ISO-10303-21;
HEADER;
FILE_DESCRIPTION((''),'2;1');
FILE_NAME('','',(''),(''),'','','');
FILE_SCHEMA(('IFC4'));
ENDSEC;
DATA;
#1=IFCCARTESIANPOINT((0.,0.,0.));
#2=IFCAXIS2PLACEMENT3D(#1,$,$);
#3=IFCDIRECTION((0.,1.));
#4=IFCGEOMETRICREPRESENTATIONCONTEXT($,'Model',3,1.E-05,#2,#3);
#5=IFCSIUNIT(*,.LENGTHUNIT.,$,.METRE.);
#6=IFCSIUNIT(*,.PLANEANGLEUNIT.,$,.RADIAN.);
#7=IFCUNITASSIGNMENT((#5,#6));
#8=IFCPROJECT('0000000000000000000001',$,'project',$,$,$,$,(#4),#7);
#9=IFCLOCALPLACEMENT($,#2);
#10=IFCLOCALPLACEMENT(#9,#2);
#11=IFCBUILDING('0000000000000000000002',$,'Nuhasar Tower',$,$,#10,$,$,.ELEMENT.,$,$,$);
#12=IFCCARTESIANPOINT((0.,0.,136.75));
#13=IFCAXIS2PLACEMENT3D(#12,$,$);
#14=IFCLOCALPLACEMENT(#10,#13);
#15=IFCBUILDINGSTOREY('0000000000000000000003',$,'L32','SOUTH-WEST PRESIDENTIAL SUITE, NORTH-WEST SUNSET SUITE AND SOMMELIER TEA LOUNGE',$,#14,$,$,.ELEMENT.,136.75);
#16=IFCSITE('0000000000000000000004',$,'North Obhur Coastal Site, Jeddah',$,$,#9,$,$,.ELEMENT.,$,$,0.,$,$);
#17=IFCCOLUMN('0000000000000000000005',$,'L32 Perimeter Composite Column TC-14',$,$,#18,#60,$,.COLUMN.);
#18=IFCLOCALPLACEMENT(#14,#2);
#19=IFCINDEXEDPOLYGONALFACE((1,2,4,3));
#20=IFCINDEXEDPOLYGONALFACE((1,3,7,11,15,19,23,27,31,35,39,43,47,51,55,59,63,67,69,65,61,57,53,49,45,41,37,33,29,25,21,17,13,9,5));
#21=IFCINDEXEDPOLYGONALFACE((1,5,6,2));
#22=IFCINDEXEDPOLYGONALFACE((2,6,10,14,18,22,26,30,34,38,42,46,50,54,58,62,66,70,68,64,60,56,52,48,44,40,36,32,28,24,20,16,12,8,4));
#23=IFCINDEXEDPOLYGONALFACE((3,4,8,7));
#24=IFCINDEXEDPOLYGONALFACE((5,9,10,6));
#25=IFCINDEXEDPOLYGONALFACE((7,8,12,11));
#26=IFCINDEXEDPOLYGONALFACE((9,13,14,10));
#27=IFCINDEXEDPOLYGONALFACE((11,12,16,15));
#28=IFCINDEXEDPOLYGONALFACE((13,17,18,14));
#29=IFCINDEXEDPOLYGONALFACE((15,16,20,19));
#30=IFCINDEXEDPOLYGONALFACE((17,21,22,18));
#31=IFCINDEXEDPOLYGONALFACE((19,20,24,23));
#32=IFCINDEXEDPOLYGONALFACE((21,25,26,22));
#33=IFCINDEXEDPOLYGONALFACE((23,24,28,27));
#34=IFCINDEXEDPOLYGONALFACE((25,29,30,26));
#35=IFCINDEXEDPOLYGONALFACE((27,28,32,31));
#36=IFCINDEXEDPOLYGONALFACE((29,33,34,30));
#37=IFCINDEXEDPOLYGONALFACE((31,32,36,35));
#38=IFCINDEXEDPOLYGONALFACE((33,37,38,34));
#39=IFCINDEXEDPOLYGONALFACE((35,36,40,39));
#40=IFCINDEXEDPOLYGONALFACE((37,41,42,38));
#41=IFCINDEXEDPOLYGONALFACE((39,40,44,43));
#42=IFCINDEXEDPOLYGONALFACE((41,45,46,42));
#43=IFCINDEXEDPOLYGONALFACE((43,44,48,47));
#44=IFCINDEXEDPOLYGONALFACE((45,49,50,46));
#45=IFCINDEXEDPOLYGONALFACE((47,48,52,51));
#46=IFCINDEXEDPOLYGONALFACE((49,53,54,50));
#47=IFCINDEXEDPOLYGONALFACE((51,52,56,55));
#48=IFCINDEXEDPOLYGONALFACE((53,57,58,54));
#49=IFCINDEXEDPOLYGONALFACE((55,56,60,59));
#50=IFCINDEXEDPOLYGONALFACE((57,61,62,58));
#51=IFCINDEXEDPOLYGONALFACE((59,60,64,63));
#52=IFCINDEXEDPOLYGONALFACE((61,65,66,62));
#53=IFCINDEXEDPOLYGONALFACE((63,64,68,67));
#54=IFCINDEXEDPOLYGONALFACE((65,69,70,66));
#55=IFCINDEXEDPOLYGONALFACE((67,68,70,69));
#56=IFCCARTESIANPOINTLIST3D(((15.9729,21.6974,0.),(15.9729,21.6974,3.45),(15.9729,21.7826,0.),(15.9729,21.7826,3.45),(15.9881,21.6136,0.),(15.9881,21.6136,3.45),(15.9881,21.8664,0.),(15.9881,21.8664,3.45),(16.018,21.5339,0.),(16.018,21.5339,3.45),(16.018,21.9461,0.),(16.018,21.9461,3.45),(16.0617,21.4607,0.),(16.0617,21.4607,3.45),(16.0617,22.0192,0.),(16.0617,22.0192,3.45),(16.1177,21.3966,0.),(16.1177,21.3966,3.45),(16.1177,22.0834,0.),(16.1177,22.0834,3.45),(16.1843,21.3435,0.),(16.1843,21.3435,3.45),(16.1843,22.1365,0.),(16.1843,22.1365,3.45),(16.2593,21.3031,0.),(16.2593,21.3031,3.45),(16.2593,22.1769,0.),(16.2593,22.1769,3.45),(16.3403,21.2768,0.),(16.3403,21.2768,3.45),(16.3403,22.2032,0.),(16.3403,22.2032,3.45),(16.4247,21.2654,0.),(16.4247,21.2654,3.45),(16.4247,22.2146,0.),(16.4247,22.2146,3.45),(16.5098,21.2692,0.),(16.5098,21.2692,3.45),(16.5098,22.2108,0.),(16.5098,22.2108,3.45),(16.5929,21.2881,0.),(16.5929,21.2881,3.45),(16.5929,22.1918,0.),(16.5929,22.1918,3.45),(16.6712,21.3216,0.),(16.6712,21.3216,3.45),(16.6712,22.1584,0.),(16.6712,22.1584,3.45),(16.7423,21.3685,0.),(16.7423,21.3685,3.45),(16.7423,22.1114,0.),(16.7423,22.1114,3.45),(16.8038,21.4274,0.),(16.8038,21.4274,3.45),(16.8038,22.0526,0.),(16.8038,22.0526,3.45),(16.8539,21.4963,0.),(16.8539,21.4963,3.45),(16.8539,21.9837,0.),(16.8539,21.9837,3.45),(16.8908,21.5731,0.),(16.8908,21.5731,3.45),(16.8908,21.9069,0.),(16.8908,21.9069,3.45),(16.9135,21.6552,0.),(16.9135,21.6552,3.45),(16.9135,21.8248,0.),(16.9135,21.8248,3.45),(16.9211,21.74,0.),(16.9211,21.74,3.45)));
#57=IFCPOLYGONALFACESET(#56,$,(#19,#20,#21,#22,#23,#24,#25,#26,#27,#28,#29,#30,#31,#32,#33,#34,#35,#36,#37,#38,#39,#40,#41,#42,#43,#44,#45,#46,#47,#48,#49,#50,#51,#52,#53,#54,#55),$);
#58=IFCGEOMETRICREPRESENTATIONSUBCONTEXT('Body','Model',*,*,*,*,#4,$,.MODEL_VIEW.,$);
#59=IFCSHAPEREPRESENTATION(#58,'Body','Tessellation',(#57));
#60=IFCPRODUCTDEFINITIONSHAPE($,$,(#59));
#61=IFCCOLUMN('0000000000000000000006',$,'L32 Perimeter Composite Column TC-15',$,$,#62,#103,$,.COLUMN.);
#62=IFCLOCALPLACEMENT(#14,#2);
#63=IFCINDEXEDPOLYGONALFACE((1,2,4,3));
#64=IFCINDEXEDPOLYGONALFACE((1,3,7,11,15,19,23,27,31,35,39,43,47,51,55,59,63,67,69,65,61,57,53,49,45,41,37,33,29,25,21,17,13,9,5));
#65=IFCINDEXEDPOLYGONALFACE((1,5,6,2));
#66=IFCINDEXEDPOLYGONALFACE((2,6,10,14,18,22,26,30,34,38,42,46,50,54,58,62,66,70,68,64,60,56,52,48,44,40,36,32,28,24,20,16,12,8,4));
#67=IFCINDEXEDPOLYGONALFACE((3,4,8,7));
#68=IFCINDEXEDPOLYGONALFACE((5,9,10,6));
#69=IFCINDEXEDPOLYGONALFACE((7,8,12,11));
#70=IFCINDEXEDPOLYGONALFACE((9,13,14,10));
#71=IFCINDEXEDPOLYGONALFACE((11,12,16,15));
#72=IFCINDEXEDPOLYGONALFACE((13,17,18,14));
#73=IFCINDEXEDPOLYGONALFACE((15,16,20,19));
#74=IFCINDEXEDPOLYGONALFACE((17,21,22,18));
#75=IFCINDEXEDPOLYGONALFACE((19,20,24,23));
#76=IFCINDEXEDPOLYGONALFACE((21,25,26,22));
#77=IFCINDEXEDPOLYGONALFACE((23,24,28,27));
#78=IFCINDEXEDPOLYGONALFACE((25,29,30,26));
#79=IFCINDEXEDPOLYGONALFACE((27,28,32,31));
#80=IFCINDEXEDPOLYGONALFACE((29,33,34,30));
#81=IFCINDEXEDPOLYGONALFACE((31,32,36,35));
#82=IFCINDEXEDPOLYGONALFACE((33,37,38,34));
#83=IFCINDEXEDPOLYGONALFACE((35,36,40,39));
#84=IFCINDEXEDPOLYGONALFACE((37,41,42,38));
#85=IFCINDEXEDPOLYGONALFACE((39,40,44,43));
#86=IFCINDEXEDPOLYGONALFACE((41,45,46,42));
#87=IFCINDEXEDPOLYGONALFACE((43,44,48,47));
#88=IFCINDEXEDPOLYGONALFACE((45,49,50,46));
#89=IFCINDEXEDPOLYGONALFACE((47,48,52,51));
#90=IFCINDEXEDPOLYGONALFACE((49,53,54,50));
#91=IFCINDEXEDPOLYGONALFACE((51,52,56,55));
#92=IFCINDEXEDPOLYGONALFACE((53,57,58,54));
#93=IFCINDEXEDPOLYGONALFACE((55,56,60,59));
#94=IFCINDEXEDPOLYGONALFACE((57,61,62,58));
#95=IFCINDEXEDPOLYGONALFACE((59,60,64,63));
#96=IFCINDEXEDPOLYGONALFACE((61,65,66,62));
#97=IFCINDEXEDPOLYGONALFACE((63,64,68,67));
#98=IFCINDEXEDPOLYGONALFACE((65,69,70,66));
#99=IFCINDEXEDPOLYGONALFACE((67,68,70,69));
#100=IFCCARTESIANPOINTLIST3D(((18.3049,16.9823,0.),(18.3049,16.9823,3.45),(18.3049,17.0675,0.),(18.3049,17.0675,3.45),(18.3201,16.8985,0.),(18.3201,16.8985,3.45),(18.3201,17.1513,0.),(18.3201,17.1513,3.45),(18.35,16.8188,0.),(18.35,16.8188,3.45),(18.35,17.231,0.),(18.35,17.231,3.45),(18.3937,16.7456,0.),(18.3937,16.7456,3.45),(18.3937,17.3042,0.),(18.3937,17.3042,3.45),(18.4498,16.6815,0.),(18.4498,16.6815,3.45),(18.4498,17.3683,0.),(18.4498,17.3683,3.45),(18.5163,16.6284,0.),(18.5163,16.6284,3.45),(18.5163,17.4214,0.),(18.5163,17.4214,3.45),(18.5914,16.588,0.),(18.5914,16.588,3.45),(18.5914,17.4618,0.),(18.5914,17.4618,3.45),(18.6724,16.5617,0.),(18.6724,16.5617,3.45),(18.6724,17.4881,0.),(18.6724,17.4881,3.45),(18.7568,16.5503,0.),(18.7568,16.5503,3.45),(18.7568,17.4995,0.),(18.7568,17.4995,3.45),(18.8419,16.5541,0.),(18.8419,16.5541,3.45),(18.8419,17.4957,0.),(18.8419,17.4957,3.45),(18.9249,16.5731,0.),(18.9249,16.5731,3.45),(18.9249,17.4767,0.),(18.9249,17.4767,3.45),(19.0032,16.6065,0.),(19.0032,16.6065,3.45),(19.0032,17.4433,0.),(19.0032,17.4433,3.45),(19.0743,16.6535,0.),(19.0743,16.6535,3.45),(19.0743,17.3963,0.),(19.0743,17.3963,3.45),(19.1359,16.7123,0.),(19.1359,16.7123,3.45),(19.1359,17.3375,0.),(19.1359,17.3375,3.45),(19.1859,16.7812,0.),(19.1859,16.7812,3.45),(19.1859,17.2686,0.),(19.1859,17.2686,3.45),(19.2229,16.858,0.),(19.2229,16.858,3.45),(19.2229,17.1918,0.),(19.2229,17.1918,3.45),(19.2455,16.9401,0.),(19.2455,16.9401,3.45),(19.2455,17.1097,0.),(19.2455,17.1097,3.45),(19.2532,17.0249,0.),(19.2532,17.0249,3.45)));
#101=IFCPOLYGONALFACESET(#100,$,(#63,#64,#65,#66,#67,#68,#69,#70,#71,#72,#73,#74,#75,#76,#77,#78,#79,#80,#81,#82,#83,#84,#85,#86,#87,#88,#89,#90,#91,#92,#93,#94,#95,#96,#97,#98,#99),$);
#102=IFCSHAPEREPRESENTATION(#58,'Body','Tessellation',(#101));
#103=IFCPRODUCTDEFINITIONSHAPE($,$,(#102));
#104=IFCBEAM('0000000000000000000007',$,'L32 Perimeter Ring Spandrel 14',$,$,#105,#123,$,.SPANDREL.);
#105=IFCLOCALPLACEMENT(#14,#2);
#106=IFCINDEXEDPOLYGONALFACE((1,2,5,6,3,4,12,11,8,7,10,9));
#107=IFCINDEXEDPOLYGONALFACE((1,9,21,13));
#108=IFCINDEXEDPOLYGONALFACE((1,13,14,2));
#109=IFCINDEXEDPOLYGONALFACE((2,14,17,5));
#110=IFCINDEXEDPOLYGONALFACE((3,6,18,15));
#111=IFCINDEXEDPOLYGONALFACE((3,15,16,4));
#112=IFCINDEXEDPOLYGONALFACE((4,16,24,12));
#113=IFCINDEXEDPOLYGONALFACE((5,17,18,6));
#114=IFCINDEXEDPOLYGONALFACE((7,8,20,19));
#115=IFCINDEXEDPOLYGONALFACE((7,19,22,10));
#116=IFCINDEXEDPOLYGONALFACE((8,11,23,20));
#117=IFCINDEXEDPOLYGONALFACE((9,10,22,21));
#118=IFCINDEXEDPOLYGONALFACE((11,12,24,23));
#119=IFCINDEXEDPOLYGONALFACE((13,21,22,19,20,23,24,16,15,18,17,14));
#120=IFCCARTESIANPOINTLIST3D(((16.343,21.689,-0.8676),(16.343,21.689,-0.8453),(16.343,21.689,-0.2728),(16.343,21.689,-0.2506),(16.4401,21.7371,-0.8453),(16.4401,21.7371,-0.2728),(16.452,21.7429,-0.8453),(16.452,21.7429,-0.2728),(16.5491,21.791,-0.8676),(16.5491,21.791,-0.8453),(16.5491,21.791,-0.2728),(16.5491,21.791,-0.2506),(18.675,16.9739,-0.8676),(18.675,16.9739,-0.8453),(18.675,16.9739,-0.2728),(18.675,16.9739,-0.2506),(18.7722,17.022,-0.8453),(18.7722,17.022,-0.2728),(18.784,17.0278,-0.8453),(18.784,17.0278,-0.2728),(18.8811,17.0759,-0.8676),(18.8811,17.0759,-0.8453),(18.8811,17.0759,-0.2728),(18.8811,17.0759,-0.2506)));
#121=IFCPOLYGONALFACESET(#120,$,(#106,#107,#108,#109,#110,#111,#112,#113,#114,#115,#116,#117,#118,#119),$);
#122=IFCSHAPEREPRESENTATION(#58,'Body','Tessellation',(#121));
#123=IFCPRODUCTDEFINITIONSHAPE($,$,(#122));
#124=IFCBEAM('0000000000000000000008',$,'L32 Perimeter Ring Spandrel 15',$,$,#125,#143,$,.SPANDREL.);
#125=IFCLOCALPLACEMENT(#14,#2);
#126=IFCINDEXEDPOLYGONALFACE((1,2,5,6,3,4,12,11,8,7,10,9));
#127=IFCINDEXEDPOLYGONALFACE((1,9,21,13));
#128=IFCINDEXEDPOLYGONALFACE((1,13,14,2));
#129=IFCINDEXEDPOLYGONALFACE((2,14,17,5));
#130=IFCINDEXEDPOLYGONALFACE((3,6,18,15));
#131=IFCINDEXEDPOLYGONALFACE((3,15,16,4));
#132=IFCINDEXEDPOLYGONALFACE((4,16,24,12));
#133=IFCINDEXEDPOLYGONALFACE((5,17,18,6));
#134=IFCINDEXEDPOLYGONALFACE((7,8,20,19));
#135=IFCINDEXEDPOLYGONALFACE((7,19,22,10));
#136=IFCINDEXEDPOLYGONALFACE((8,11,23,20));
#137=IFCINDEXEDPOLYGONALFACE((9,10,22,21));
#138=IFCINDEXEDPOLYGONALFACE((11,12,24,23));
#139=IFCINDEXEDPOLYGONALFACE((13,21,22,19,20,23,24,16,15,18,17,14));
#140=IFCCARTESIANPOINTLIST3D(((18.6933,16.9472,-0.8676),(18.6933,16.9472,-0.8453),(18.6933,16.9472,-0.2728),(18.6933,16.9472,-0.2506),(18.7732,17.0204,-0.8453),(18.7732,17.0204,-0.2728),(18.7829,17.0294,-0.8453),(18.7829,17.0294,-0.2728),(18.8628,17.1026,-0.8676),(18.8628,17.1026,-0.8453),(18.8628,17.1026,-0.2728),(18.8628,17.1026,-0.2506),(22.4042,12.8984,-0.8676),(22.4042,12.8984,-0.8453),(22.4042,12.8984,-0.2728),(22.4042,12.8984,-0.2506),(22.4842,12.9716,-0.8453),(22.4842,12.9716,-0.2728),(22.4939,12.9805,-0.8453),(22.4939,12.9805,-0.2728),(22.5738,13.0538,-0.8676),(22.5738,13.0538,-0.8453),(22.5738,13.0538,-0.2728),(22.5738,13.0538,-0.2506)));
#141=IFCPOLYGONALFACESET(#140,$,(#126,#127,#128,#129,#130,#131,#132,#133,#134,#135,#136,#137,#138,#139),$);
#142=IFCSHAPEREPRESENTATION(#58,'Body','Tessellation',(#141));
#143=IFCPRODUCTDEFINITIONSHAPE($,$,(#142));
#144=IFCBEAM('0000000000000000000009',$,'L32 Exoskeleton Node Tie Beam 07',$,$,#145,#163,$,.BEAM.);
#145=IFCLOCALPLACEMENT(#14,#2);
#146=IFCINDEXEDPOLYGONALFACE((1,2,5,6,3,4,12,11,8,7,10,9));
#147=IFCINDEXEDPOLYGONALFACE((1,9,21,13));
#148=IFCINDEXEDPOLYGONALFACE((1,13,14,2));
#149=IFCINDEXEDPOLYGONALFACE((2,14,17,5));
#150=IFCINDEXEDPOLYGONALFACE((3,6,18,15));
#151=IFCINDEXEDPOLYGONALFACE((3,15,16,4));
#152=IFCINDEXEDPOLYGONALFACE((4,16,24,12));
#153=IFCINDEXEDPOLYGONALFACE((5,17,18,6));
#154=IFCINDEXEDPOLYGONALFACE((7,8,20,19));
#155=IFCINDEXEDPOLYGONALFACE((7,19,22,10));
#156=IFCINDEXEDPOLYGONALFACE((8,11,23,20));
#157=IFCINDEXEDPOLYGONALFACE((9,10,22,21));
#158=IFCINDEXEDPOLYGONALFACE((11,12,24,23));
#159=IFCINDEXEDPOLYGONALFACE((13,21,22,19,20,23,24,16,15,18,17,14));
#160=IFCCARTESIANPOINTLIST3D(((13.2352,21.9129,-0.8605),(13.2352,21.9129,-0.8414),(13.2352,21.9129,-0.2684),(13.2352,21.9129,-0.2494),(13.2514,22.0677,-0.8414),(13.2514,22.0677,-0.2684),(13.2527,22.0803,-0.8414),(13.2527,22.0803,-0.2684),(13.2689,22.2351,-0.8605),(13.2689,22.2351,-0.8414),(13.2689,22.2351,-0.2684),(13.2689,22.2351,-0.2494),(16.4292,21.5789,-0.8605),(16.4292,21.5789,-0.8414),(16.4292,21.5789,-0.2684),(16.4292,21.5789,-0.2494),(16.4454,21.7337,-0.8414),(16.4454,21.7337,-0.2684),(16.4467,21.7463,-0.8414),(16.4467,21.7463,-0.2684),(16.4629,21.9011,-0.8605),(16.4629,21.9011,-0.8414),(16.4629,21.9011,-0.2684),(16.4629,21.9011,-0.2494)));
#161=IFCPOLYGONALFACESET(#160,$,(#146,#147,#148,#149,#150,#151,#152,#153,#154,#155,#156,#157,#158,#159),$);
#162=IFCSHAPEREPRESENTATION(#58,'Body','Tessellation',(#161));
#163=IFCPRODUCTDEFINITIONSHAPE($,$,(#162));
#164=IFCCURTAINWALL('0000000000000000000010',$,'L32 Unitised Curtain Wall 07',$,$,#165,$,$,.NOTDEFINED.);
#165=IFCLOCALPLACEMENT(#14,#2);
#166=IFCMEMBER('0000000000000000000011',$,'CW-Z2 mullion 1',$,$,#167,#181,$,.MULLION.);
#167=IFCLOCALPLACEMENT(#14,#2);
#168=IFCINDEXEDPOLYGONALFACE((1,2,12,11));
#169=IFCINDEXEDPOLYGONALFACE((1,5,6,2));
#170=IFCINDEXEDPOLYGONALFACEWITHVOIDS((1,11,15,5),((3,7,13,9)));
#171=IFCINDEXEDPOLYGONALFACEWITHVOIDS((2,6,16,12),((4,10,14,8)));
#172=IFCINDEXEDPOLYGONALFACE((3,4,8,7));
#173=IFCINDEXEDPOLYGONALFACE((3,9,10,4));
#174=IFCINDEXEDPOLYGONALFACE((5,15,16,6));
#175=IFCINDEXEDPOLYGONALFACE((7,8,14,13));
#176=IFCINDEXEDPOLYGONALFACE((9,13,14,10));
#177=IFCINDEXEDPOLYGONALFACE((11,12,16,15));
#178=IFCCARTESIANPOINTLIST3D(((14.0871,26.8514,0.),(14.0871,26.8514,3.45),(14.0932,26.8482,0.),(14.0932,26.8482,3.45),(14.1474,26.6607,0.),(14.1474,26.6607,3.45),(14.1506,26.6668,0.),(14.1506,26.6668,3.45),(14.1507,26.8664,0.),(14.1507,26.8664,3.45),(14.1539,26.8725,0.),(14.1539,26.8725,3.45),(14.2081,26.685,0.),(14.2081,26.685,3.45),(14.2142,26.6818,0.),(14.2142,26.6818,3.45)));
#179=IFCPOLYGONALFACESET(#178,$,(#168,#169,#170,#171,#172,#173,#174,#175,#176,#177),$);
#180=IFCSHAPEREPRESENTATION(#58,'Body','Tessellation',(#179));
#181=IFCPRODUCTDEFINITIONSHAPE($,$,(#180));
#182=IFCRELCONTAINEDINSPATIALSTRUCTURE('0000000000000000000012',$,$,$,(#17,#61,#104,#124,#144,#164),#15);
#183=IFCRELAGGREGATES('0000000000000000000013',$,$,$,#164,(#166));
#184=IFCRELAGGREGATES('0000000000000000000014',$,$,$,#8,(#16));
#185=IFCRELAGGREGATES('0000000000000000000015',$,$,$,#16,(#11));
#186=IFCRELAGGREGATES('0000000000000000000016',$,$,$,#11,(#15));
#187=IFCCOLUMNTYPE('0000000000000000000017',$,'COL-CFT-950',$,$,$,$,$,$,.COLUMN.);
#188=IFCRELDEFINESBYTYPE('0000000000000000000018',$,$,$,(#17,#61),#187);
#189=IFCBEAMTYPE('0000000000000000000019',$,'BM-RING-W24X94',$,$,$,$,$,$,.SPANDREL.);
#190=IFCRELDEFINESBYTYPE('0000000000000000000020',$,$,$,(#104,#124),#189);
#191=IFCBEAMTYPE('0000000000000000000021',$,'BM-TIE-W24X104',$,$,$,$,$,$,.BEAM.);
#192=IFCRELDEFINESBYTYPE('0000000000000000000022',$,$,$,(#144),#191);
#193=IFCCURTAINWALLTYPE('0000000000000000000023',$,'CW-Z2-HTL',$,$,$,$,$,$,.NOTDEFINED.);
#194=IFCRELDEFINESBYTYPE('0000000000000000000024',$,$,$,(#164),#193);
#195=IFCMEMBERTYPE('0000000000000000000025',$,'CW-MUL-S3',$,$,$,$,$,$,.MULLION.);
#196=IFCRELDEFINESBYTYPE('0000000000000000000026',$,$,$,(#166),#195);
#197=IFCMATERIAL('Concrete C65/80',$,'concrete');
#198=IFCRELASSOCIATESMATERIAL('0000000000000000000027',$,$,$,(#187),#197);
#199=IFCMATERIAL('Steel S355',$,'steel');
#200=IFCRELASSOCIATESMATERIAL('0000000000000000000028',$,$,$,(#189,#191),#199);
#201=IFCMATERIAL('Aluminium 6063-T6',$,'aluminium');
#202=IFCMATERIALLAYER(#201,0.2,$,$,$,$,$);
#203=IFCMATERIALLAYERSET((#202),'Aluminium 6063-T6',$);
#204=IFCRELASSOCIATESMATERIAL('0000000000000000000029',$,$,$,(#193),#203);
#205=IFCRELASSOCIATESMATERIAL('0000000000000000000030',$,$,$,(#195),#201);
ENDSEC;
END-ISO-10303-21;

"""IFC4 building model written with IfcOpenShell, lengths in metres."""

from ifc_helpers import new_model, si_unit, direction, frame, origin, origin_2d, place, context, subcontext, project, spatial, hollow_rectangle, circle, i_section, extrude, material, layer, layer_set, material_profile, profile_set, type_object, element, aggregate, save


model = new_model("IFC4")

# Units and contexts
model_context = context("Model", 3, precision=1e-05, world=origin(), true_north=direction((0.0, 1.0)))
body_context = subcontext(model_context, "Body", "Model", "MODEL_VIEW")
ifc_project = project(units=[si_unit("LENGTHUNIT", "METRE"), si_unit("PLANEANGLEUNIT", "RADIAN")], contexts=[model_context])

# Site, building, storey
site_placement = place(None, origin())
site = spatial("IfcSite", under=ifc_project, at=site_placement, Name="North Obhur Coastal Site, Jeddah", CompositionType="ELEMENT", RefElevation=0.0)
building_placement = place(site_placement, origin())
building = spatial("IfcBuilding", under=site, at=building_placement, Name="Nuhasar Tower", CompositionType="ELEMENT")
storey_placement = place(building_placement, frame((0.0, 0.0, 136.75)))
storey = spatial("IfcBuildingStorey", under=building, at=storey_placement, Name="L32", Description="SOUTH-WEST PRESIDENTIAL SUITE, NORTH-WEST SUNSET SUITE AND SOMMELIER TEA LOUNGE", CompositionType="ELEMENT", Elevation=136.75)

# Columns
ifc_material_1 = material(Name="Concrete C65/80", Category="concrete")
ifc_material_profile_1 = material_profile(ifc_material_1, circle(Radius=0.4751, at=origin_2d()), Name="CFT950")
ifc_profile_set_1 = profile_set([ifc_material_profile_1], Name="Concrete C65/80")
column_type = type_object("IfcColumnType", Name="COL-CFT-950", PredefinedType="COLUMN", material=ifc_profile_set_1)
for number, where, z_axis, x_axis, name in (
    (1, (16.446, 21.74, 0.0), (0.0, 0.0, 1.0), (1.0, 0.0, 0.0), "L32 Perimeter Composite Column TC-14"),
    (2, (18.7781, 17.0249, 0.0), (0.0, 0.0, 1.0), (1.0, 0.0, 0.0), "L32 Perimeter Composite Column TC-15"),
):
    element("IfcColumn", number, at=place(storey_placement, frame(where, z_axis=z_axis, x_axis=x_axis)), inside=storey, type_object=column_type, Name=name, PredefinedType="COLUMN", context=body_context, shape_type="SweptSolid", body=[
        extrude(circle(Radius=0.4751, at=origin_2d()), origin(), (0.0, 0.0, 1.0), 3.45),
    ])

# Beams
ifc_material_2 = material(Name="Steel S355", Category="steel")
ifc_material_profile_2 = material_profile(ifc_material_2, i_section(OverallWidth=0.23, OverallDepth=0.6169, WebThickness=0.0132, FlangeThickness=0.0222, at=origin_2d()), Name="W24X94")
ifc_profile_set_2 = profile_set([ifc_material_profile_2], Name="Steel S355")
beam_type_1 = type_object("IfcBeamType", Name="BM-RING-W24X94", PredefinedType="SPANDREL", material=ifc_profile_set_2)
beam_1_placement = place(storey_placement, frame((16.446, 21.74, -0.5591), z_axis=(0.443329, -0.896359, 0.0), x_axis=(0.896359, 0.443329, 0.0)))
element("IfcBeam", 3, at=beam_1_placement, inside=storey, type_object=beam_type_1, Name="L32 Perimeter Ring Spandrel 14", PredefinedType="SPANDREL", context=body_context, shape_type="SweptSolid", body=[
    extrude(i_section(OverallWidth=0.23, OverallDepth=0.6169, WebThickness=0.0132, FlangeThickness=0.0222, at=origin_2d()), origin(), (0.0, 0.0, 1.0), 5.2603),
])
beam_2_placement = place(storey_placement, frame((18.7781, 17.0249, -0.5591), z_axis=(0.675676, -0.737198, 0.0), x_axis=(0.737198, 0.675676, 0.0)))
element("IfcBeam", 4, at=beam_2_placement, inside=storey, type_object=beam_type_1, Name="L32 Perimeter Ring Spandrel 15", PredefinedType="SPANDREL", context=body_context, shape_type="SweptSolid", body=[
    extrude(i_section(OverallWidth=0.23, OverallDepth=0.6169, WebThickness=0.0132, FlangeThickness=0.0222, at=origin_2d()), origin(), (0.0, 0.0, 1.0), 5.4922),
])
ifc_material_profile_3 = material_profile(ifc_material_2, i_section(OverallWidth=0.324, OverallDepth=0.6111, WebThickness=0.0127, FlangeThickness=0.019, at=origin_2d()), Name="W24X104")
ifc_profile_set_3 = profile_set([ifc_material_profile_3], Name="Steel S355")
beam_type_2 = type_object("IfcBeamType", Name="BM-TIE-W24X104", PredefinedType="BEAM", material=ifc_profile_set_3)
beam_3_placement = place(storey_placement, frame((16.446, 21.74, -0.5549), z_axis=(-0.994578, 0.103996, 0.0), x_axis=(-0.103996, -0.994578, 0.0)))
element("IfcBeam", 5, at=beam_3_placement, inside=storey, type_object=beam_type_2, Name="L32 Exoskeleton Node Tie Beam 07", PredefinedType="BEAM", context=body_context, shape_type="SweptSolid", body=[
    extrude(i_section(OverallWidth=0.324, OverallDepth=0.6111, WebThickness=0.0127, FlangeThickness=0.019, at=origin_2d()), origin(), (0.0, 0.0, 1.0), 3.2114),
])

# Curtain wall, member
ifc_material_3 = material(Name="Aluminium 6063-T6", Category="aluminium")
ifc_layer_1 = layer(ifc_material_3, 0.2)
ifc_layer_set_1 = layer_set([ifc_layer_1], Name="Aluminium 6063-T6")
curtain_wall_type = type_object("IfcCurtainWallType", Name="CW-Z2-HTL", PredefinedType="NOTDEFINED", material=ifc_layer_set_1)
curtain_wall_1_placement = place(storey_placement, origin())
curtain_wall_1 = element("IfcCurtainWall", 6, at=curtain_wall_1_placement, inside=storey, type_object=curtain_wall_type, Name="L32 Unitised Curtain Wall 07", PredefinedType="NOTDEFINED")
ifc_material_profile_4 = material_profile(ifc_material_3, hollow_rectangle(XDim=0.0701, YDim=0.2, WallThickness=0.0049, at=origin_2d()), Name="CWM-3")
ifc_profile_set_4 = profile_set([ifc_material_profile_4], Name="Aluminium 6063-T6")
member_type_1 = type_object("IfcMemberType", Name="CW-MUL-S3", PredefinedType="MULLION", material=ifc_profile_set_4)
member_1_placement = place(storey_placement, frame((14.1506, 26.7666, 0.0), z_axis=(0.0, 0.0, 1.0), x_axis=(0.953433, 0.301604, 0.0)))
member_1 = element("IfcMember", 7, at=member_1_placement, type_object=member_type_1, Name="CW-Z2 mullion 1", PredefinedType="MULLION", context=body_context, shape_type="SweptSolid", body=[
    extrude(hollow_rectangle(XDim=0.0701, YDim=0.2, WallThickness=0.0049, at=origin_2d()), origin(), (0.0, 0.0, 1.0), 3.45),
])

aggregate(curtain_wall_1, [member_1])

save(model, "model.ifc")
